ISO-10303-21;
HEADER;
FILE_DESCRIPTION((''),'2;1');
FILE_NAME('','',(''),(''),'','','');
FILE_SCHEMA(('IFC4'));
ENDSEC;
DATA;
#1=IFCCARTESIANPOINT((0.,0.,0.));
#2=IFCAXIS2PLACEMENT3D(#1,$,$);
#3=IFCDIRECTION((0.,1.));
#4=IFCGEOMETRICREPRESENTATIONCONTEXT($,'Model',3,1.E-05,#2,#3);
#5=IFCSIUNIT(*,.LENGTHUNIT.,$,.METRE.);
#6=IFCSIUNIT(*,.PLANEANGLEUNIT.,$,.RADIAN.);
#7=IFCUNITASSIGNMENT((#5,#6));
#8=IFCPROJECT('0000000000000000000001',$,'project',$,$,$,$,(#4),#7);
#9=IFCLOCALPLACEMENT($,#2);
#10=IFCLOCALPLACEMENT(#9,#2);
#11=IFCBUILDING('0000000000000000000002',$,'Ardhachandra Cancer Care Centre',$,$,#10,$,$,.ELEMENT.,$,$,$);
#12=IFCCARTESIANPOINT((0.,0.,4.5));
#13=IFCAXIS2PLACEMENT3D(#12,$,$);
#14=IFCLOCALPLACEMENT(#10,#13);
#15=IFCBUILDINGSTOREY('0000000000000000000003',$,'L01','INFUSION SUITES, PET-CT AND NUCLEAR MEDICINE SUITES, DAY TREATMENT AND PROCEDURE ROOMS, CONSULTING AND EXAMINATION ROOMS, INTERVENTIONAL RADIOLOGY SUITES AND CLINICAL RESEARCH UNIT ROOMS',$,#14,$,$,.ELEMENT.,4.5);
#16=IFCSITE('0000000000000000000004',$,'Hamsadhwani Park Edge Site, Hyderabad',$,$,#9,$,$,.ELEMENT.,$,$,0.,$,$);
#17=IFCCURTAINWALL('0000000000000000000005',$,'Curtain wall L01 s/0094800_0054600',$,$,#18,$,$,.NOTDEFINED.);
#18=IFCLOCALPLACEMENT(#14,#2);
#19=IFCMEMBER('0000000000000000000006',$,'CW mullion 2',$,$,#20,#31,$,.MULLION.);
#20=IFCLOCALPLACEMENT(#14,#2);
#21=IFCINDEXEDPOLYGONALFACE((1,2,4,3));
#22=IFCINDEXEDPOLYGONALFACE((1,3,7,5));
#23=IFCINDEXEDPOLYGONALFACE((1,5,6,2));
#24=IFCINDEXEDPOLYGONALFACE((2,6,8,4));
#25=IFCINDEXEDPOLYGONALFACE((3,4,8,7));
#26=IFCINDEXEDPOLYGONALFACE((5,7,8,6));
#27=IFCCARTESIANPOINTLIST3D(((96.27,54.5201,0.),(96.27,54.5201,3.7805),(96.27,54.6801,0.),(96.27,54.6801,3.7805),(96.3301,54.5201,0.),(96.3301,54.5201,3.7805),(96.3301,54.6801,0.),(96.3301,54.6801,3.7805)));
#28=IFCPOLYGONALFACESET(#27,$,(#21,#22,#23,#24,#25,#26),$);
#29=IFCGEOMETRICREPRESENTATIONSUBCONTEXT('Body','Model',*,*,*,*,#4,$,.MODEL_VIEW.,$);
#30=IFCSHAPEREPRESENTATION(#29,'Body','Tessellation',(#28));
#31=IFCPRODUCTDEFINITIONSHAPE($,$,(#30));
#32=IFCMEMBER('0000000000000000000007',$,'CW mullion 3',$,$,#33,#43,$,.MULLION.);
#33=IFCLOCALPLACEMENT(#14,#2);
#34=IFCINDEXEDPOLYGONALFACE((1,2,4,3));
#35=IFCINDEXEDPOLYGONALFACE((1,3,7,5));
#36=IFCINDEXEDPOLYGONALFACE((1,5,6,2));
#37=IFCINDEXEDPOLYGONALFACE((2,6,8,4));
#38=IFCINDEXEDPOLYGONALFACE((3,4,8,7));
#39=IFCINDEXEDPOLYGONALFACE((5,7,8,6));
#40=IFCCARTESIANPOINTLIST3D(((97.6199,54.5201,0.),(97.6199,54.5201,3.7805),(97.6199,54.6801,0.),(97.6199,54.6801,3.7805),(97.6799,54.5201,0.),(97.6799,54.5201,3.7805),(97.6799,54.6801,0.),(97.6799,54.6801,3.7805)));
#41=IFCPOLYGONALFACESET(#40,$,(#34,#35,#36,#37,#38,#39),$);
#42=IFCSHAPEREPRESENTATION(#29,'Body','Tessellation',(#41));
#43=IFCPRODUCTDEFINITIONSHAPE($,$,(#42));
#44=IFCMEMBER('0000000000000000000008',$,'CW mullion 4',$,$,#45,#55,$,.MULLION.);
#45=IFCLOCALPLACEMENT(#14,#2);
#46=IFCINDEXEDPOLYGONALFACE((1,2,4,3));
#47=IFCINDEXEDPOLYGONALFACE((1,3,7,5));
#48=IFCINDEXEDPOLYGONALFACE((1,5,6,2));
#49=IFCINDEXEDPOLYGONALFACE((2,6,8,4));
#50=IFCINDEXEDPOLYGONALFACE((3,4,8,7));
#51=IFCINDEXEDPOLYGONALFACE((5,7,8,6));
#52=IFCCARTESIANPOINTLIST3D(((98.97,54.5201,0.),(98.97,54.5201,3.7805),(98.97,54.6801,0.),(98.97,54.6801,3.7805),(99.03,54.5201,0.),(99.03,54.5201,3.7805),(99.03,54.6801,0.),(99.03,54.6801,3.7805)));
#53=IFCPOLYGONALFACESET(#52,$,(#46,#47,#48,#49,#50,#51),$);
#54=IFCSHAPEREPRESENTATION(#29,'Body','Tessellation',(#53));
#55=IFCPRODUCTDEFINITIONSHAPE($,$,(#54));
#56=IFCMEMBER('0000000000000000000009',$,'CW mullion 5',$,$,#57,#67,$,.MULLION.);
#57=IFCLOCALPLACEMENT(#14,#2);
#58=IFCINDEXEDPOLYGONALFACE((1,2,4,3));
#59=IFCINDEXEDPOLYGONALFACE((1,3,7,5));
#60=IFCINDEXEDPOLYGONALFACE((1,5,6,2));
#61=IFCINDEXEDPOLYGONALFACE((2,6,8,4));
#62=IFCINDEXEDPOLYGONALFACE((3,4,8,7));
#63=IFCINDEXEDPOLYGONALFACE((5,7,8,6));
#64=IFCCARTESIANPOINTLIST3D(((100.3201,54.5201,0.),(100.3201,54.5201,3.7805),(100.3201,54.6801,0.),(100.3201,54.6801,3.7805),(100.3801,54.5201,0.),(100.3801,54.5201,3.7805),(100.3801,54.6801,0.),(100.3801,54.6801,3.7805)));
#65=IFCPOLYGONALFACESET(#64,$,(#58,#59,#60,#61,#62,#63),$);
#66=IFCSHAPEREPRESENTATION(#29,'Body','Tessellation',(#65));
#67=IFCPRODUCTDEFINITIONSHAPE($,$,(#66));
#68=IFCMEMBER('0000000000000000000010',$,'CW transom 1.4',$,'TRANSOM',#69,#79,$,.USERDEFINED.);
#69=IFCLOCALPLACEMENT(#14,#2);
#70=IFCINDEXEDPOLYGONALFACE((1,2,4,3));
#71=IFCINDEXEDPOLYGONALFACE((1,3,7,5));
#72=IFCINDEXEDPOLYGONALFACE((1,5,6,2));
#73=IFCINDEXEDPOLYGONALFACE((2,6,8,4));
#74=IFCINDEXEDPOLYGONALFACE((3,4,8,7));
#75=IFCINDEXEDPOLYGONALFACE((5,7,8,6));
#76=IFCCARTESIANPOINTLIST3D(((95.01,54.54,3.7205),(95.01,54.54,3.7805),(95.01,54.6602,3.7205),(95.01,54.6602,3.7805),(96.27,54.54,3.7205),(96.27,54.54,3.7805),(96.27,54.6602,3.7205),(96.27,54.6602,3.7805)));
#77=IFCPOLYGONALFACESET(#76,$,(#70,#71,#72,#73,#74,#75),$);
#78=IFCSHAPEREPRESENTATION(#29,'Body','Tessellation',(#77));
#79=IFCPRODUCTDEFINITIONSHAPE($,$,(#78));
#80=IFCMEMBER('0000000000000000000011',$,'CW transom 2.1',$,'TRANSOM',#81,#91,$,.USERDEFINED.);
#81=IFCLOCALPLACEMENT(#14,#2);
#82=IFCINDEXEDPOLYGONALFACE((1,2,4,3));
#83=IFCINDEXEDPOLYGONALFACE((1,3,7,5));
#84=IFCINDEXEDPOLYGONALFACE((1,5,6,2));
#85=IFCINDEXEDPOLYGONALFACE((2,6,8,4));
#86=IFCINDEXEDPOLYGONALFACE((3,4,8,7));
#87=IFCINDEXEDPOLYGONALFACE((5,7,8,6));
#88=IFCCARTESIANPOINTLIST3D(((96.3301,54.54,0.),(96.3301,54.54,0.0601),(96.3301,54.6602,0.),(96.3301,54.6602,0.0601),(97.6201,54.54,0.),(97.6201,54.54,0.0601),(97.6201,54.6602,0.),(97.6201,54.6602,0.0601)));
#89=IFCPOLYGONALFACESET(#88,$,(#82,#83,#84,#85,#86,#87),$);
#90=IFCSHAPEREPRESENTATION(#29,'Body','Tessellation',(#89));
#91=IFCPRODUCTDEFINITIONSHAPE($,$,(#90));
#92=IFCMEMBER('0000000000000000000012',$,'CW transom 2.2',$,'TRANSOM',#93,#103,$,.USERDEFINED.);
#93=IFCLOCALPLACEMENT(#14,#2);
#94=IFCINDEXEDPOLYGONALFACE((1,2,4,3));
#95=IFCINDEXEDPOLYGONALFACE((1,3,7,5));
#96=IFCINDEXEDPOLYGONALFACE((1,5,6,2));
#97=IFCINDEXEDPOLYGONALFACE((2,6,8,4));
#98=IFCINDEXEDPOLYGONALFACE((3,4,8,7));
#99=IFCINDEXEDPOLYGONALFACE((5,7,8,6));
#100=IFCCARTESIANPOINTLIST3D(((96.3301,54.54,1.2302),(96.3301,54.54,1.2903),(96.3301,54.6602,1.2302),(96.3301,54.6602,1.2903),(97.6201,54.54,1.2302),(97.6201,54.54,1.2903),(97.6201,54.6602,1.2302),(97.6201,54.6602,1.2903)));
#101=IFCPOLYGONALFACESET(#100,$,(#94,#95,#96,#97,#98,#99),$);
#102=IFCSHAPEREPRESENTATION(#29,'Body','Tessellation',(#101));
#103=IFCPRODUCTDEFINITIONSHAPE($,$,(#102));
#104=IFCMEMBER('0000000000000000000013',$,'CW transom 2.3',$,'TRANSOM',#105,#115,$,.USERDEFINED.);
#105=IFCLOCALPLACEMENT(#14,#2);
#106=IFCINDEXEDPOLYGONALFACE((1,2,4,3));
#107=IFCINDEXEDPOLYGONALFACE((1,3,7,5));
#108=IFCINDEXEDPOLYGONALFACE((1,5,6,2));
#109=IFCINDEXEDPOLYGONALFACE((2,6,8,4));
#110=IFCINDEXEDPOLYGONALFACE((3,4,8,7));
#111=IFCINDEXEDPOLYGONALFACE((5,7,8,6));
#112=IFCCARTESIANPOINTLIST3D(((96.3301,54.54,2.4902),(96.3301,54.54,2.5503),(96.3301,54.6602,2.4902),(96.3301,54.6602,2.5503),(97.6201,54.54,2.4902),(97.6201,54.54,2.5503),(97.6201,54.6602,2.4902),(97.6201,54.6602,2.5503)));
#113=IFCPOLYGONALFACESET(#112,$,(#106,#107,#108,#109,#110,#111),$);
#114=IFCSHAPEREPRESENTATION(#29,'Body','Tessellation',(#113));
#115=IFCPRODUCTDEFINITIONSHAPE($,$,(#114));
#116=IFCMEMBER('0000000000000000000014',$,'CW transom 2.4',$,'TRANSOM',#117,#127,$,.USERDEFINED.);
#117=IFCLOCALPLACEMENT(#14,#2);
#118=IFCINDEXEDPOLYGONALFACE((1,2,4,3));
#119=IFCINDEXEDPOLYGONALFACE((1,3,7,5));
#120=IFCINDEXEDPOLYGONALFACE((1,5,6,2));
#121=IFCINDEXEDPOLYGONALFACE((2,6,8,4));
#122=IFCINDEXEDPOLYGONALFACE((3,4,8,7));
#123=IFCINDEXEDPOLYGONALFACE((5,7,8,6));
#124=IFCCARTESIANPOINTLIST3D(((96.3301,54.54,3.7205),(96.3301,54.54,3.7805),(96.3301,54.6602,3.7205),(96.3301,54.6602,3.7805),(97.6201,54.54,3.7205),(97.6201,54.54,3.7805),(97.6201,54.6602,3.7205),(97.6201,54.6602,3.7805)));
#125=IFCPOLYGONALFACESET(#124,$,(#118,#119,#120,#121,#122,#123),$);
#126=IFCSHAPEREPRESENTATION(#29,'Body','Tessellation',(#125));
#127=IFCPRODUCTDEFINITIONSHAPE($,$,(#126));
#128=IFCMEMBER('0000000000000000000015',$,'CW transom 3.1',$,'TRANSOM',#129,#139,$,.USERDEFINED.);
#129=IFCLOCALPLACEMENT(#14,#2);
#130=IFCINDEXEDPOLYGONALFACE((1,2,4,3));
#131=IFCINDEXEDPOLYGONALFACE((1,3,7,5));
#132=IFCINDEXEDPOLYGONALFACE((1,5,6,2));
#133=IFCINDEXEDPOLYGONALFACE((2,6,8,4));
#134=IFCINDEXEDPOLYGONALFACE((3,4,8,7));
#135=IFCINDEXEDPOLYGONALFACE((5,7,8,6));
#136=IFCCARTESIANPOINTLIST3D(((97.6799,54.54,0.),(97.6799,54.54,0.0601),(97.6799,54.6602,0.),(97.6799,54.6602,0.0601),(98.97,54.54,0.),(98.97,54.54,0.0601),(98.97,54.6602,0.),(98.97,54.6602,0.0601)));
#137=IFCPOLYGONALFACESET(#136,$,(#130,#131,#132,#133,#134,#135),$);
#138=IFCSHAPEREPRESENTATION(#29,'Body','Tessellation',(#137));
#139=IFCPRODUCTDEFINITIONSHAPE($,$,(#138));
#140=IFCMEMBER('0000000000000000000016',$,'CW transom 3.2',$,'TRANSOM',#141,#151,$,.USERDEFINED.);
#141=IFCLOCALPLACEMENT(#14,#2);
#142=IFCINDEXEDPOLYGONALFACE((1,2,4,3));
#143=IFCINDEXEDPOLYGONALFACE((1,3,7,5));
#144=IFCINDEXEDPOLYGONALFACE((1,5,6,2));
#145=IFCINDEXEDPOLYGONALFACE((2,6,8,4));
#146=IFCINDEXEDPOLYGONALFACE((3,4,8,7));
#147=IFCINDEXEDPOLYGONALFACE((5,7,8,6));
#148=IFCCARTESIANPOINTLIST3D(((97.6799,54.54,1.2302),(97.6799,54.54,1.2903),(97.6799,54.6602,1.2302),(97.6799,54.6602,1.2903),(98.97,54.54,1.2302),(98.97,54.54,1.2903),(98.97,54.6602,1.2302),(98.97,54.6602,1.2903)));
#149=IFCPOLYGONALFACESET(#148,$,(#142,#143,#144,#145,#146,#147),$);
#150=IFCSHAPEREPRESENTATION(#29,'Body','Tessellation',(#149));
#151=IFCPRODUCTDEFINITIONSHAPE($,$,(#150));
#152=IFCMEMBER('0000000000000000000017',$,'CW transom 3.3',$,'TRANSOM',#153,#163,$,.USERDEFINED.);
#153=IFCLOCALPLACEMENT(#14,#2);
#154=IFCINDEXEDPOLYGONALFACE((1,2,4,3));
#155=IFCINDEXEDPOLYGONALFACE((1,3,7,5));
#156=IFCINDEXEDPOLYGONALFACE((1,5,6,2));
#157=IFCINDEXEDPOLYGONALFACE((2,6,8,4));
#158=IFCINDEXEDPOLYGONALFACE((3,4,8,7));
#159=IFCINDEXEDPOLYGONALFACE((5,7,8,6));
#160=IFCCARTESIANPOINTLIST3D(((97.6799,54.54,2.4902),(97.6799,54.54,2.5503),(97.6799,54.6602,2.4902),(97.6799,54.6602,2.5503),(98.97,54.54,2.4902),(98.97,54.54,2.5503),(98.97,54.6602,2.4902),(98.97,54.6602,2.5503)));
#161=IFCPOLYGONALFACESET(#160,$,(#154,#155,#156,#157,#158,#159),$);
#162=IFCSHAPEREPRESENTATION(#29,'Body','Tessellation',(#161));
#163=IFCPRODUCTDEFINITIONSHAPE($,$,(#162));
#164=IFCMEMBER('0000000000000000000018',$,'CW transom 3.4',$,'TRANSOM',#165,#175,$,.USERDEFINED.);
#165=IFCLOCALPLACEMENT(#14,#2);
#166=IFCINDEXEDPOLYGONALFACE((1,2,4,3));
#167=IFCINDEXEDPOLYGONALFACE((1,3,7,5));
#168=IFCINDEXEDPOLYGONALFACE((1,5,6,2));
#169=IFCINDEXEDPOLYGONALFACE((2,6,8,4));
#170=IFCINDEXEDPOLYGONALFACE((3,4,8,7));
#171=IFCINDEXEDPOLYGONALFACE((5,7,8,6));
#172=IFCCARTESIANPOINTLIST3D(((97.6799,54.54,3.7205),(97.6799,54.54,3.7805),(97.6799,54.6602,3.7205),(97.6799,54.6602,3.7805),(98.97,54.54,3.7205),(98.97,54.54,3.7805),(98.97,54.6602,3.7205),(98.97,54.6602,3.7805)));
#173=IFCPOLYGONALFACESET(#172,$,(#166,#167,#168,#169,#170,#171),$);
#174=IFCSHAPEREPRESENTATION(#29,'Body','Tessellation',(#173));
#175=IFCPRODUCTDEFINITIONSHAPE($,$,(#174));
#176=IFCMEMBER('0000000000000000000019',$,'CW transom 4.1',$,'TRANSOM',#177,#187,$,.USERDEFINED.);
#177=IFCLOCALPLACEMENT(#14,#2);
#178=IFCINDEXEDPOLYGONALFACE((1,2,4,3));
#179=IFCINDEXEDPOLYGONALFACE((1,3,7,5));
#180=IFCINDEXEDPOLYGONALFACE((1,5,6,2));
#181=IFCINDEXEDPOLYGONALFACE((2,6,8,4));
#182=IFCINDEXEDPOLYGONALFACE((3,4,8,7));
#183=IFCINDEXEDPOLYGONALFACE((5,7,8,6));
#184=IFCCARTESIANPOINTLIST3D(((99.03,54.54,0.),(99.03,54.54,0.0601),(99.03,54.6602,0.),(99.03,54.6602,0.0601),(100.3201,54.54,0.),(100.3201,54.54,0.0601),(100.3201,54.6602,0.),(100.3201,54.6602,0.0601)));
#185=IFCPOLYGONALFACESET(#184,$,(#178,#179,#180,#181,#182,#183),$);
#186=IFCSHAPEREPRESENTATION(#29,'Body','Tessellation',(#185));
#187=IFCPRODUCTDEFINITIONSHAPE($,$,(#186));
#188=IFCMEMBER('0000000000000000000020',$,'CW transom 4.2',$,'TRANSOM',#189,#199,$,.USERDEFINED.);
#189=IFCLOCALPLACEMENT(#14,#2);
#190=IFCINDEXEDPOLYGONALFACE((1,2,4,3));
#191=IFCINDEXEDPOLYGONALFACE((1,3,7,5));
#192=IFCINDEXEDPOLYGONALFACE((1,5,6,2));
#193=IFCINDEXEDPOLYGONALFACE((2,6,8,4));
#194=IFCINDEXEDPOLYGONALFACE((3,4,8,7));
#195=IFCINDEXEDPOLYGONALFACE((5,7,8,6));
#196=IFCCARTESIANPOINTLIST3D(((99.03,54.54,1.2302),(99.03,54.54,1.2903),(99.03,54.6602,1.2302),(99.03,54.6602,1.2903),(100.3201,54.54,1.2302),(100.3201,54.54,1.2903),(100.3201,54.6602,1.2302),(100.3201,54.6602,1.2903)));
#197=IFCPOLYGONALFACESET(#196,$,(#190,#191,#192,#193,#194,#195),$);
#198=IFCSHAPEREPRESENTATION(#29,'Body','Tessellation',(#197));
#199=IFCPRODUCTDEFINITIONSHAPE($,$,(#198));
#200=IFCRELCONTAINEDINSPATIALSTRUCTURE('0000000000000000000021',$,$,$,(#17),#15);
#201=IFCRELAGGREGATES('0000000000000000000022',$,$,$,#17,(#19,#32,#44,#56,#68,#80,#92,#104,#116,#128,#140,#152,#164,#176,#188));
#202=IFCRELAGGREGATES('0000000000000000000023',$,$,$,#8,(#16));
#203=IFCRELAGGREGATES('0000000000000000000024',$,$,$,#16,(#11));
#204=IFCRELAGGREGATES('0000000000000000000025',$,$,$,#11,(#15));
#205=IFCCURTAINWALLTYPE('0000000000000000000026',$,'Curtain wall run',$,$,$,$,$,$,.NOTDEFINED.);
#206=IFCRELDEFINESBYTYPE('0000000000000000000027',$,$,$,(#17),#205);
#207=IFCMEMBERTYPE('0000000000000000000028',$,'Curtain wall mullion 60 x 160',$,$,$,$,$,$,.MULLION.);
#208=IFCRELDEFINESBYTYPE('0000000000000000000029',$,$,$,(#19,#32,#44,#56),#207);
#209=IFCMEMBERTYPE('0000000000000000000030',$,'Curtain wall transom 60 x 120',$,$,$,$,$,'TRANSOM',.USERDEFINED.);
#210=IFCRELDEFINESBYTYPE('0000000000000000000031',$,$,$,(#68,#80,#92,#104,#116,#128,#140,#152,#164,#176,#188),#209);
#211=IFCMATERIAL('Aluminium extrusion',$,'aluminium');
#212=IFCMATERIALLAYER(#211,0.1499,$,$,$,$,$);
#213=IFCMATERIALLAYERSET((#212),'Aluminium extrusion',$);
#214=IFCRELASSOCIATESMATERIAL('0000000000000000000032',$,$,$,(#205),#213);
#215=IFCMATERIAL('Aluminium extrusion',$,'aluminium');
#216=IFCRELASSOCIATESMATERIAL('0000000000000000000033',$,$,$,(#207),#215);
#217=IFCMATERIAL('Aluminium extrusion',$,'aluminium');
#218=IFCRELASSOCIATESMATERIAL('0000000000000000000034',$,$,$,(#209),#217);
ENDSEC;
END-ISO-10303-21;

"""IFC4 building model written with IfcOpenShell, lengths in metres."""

from ifc_helpers import new_model, si_unit, direction, frame, origin, origin_2d, place, context, subcontext, project, spatial, rectangle, extrude, material, layer, layer_set, material_profile, profile_set, type_object, element, aggregate, save


model = new_model("IFC4")

# Units and contexts
model_context = context("Model", 3, precision=1e-05, world=origin(), true_north=direction((0.0, 1.0)))
body_context = subcontext(model_context, "Body", "Model", "MODEL_VIEW")
ifc_project = project(units=[si_unit("LENGTHUNIT", "METRE"), si_unit("PLANEANGLEUNIT", "RADIAN")], contexts=[model_context])

# Site, building, storey
site_placement = place(None, origin())
site = spatial("IfcSite", under=ifc_project, at=site_placement, Name="Hamsadhwani Park Edge Site, Hyderabad", CompositionType="ELEMENT", RefElevation=0.0)
building_placement = place(site_placement, origin())
building = spatial("IfcBuilding", under=site, at=building_placement, Name="Ardhachandra Cancer Care Centre", CompositionType="ELEMENT")
storey_placement = place(building_placement, frame((0.0, 0.0, 4.5)))
storey = spatial("IfcBuildingStorey", under=building, at=storey_placement, Name="L01", Description="INFUSION SUITES, PET-CT AND NUCLEAR MEDICINE SUITES, DAY TREATMENT AND PROCEDURE ROOMS, CONSULTING AND EXAMINATION ROOMS, INTERVENTIONAL RADIOLOGY SUITES AND CLINICAL RESEARCH UNIT ROOMS", CompositionType="ELEMENT", Elevation=4.5)

# Curtain wall, members
ifc_material_1 = material(Name="Aluminium extrusion", Category="aluminium")
ifc_layer_1 = layer(ifc_material_1, 0.1499)
ifc_layer_set_1 = layer_set([ifc_layer_1], Name="Aluminium extrusion")
curtain_wall_type = type_object("IfcCurtainWallType", Name="Curtain wall run", PredefinedType="NOTDEFINED", material=ifc_layer_set_1)
curtain_wall_placement = place(storey_placement, origin())
curtain_wall = element("IfcCurtainWall", 1, at=curtain_wall_placement, inside=storey, type_object=curtain_wall_type, Name="Curtain wall L01 s/0094800_0054600", PredefinedType="NOTDEFINED")
ifc_material_2 = material(Name="Aluminium extrusion", Category="aluminium")
ifc_material_profile_1 = material_profile(ifc_material_2, rectangle(XDim=0.1599, YDim=0.0601, at=origin_2d()), Name="Curtain wall mullion 60 x 160")
ifc_profile_set_1 = profile_set([ifc_material_profile_1], Name="Aluminium extrusion")
member_type_1 = type_object("IfcMemberType", Name="Curtain wall mullion 60 x 160", PredefinedType="MULLION", material=ifc_profile_set_1)
member_1_placement = place(storey_placement, frame((96.3, 54.6001, 0.0), z_axis=(0.0, 0.0, 1.0), x_axis=(0.0, 1.0, 0.0)))
member_1 = element("IfcMember", 2, at=member_1_placement, type_object=member_type_1, Name="CW mullion 2", PredefinedType="MULLION", context=body_context, shape_type="SweptSolid", body=[
    extrude(rectangle(XDim=0.1599, YDim=0.0601, at=origin_2d()), origin(), (0.0, 0.0, 1.0), 3.7805),
])
member_2_placement = place(storey_placement, frame((97.6499, 54.6001, 0.0), z_axis=(0.0, 0.0, 1.0), x_axis=(0.0, 1.0, 0.0)))
member_2 = element("IfcMember", 3, at=member_2_placement, type_object=member_type_1, Name="CW mullion 3", PredefinedType="MULLION", context=body_context, shape_type="SweptSolid", body=[
    extrude(rectangle(XDim=0.1599, YDim=0.0601, at=origin_2d()), origin(), (0.0, 0.0, 1.0), 3.7805),
])
member_3_placement = place(storey_placement, frame((99.0, 54.6001, 0.0), z_axis=(0.0, 0.0, 1.0), x_axis=(0.0, 1.0, 0.0)))
member_3 = element("IfcMember", 4, at=member_3_placement, type_object=member_type_1, Name="CW mullion 4", PredefinedType="MULLION", context=body_context, shape_type="SweptSolid", body=[
    extrude(rectangle(XDim=0.1599, YDim=0.0601, at=origin_2d()), origin(), (0.0, 0.0, 1.0), 3.7805),
])
member_4_placement = place(storey_placement, frame((100.3501, 54.6001, 0.0), z_axis=(0.0, 0.0, 1.0), x_axis=(0.0, 1.0, 0.0)))
member_4 = element("IfcMember", 5, at=member_4_placement, type_object=member_type_1, Name="CW mullion 5", PredefinedType="MULLION", context=body_context, shape_type="SweptSolid", body=[
    extrude(rectangle(XDim=0.1599, YDim=0.0601, at=origin_2d()), origin(), (0.0, 0.0, 1.0), 3.7805),
])
ifc_material_3 = material(Name="Aluminium extrusion", Category="aluminium")
ifc_material_profile_2 = material_profile(ifc_material_3, rectangle(XDim=0.1201, YDim=0.0601, at=origin_2d()), Name="Curtain wall transom 60 x 120")
ifc_profile_set_2 = profile_set([ifc_material_profile_2], Name="Aluminium extrusion")
member_type_2 = type_object("IfcMemberType", Name="Curtain wall transom 60 x 120", ElementType="TRANSOM", PredefinedType="USERDEFINED", material=ifc_profile_set_2)
member_5_placement = place(storey_placement, frame((95.01, 54.6001, 3.7505), z_axis=(1.0, 0.0, 0.0), x_axis=(0.0, 1.0, 0.0)))
member_5 = element("IfcMember", 6, at=member_5_placement, type_object=member_type_2, Name="CW transom 1.4", ObjectType="TRANSOM", PredefinedType="USERDEFINED", context=body_context, shape_type="SweptSolid", body=[
    extrude(rectangle(XDim=0.1201, YDim=0.0601, at=origin_2d()), origin(), (0.0, 0.0, 1.0), 1.26),
])
member_6_placement = place(storey_placement, frame((96.3301, 54.6001, 0.03), z_axis=(1.0, 0.0, 0.0), x_axis=(0.0, 1.0, 0.0)))
member_6 = element("IfcMember", 7, at=member_6_placement, type_object=member_type_2, Name="CW transom 2.1", ObjectType="TRANSOM", PredefinedType="USERDEFINED", context=body_context, shape_type="SweptSolid", body=[
    extrude(rectangle(XDim=0.1201, YDim=0.0601, at=origin_2d()), origin(), (0.0, 0.0, 1.0), 1.29),
])
member_7_placement = place(storey_placement, frame((96.3301, 54.6001, 1.2603), z_axis=(1.0, 0.0, 0.0), x_axis=(0.0, 1.0, 0.0)))
member_7 = element("IfcMember", 8, at=member_7_placement, type_object=member_type_2, Name="CW transom 2.2", ObjectType="TRANSOM", PredefinedType="USERDEFINED", context=body_context, shape_type="SweptSolid", body=[
    extrude(rectangle(XDim=0.1201, YDim=0.0601, at=origin_2d()), origin(), (0.0, 0.0, 1.0), 1.29),
])
member_8_placement = place(storey_placement, frame((96.3301, 54.6001, 2.5203), z_axis=(1.0, 0.0, 0.0), x_axis=(0.0, 1.0, 0.0)))
member_8 = element("IfcMember", 9, at=member_8_placement, type_object=member_type_2, Name="CW transom 2.3", ObjectType="TRANSOM", PredefinedType="USERDEFINED", context=body_context, shape_type="SweptSolid", body=[
    extrude(rectangle(XDim=0.1201, YDim=0.0601, at=origin_2d()), origin(), (0.0, 0.0, 1.0), 1.29),
])
member_9_placement = place(storey_placement, frame((96.3301, 54.6001, 3.7505), z_axis=(1.0, 0.0, 0.0), x_axis=(0.0, 1.0, 0.0)))
member_9 = element("IfcMember", 10, at=member_9_placement, type_object=member_type_2, Name="CW transom 2.4", ObjectType="TRANSOM", PredefinedType="USERDEFINED", context=body_context, shape_type="SweptSolid", body=[
    extrude(rectangle(XDim=0.1201, YDim=0.0601, at=origin_2d()), origin(), (0.0, 0.0, 1.0), 1.29),
])
member_10_placement = place(storey_placement, frame((97.6799, 54.6001, 0.03), z_axis=(1.0, 0.0, 0.0), x_axis=(0.0, 1.0, 0.0)))
member_10 = element("IfcMember", 11, at=member_10_placement, type_object=member_type_2, Name="CW transom 3.1", ObjectType="TRANSOM", PredefinedType="USERDEFINED", context=body_context, shape_type="SweptSolid", body=[
    extrude(rectangle(XDim=0.1201, YDim=0.0601, at=origin_2d()), origin(), (0.0, 0.0, 1.0), 1.29),
])
member_11_placement = place(storey_placement, frame((97.6799, 54.6001, 1.2603), z_axis=(1.0, 0.0, 0.0), x_axis=(0.0, 1.0, 0.0)))
member_11 = element("IfcMember", 12, at=member_11_placement, type_object=member_type_2, Name="CW transom 3.2", ObjectType="TRANSOM", PredefinedType="USERDEFINED", context=body_context, shape_type="SweptSolid", body=[
    extrude(rectangle(XDim=0.1201, YDim=0.0601, at=origin_2d()), origin(), (0.0, 0.0, 1.0), 1.29),
])
member_12_placement = place(storey_placement, frame((97.6799, 54.6001, 2.5203), z_axis=(1.0, 0.0, 0.0), x_axis=(0.0, 1.0, 0.0)))
member_12 = element("IfcMember", 13, at=member_12_placement, type_object=member_type_2, Name="CW transom 3.3", ObjectType="TRANSOM", PredefinedType="USERDEFINED", context=body_context, shape_type="SweptSolid", body=[
    extrude(rectangle(XDim=0.1201, YDim=0.0601, at=origin_2d()), origin(), (0.0, 0.0, 1.0), 1.29),
])
member_13_placement = place(storey_placement, frame((97.6799, 54.6001, 3.7505), z_axis=(1.0, 0.0, 0.0), x_axis=(0.0, 1.0, 0.0)))
member_13 = element("IfcMember", 14, at=member_13_placement, type_object=member_type_2, Name="CW transom 3.4", ObjectType="TRANSOM", PredefinedType="USERDEFINED", context=body_context, shape_type="SweptSolid", body=[
    extrude(rectangle(XDim=0.1201, YDim=0.0601, at=origin_2d()), origin(), (0.0, 0.0, 1.0), 1.29),
])
member_14_placement = place(storey_placement, frame((99.03, 54.6001, 0.03), z_axis=(1.0, 0.0, 0.0), x_axis=(0.0, 1.0, 0.0)))
member_14 = element("IfcMember", 15, at=member_14_placement, type_object=member_type_2, Name="CW transom 4.1", ObjectType="TRANSOM", PredefinedType="USERDEFINED", context=body_context, shape_type="SweptSolid", body=[
    extrude(rectangle(XDim=0.1201, YDim=0.0601, at=origin_2d()), origin(), (0.0, 0.0, 1.0), 1.29),
])
member_15_placement = place(storey_placement, frame((99.03, 54.6001, 1.2603), z_axis=(1.0, 0.0, 0.0), x_axis=(0.0, 1.0, 0.0)))
member_15 = element("IfcMember", 16, at=member_15_placement, type_object=member_type_2, Name="CW transom 4.2", ObjectType="TRANSOM", PredefinedType="USERDEFINED", context=body_context, shape_type="SweptSolid", body=[
    extrude(rectangle(XDim=0.1201, YDim=0.0601, at=origin_2d()), origin(), (0.0, 0.0, 1.0), 1.29),
])
aggregate(curtain_wall, [member_1, member_2, member_3, member_4, member_5, member_6, member_7, member_8, member_9, member_10, member_11, member_12, member_13, member_14, member_15])

save(model, "model.ifc")
